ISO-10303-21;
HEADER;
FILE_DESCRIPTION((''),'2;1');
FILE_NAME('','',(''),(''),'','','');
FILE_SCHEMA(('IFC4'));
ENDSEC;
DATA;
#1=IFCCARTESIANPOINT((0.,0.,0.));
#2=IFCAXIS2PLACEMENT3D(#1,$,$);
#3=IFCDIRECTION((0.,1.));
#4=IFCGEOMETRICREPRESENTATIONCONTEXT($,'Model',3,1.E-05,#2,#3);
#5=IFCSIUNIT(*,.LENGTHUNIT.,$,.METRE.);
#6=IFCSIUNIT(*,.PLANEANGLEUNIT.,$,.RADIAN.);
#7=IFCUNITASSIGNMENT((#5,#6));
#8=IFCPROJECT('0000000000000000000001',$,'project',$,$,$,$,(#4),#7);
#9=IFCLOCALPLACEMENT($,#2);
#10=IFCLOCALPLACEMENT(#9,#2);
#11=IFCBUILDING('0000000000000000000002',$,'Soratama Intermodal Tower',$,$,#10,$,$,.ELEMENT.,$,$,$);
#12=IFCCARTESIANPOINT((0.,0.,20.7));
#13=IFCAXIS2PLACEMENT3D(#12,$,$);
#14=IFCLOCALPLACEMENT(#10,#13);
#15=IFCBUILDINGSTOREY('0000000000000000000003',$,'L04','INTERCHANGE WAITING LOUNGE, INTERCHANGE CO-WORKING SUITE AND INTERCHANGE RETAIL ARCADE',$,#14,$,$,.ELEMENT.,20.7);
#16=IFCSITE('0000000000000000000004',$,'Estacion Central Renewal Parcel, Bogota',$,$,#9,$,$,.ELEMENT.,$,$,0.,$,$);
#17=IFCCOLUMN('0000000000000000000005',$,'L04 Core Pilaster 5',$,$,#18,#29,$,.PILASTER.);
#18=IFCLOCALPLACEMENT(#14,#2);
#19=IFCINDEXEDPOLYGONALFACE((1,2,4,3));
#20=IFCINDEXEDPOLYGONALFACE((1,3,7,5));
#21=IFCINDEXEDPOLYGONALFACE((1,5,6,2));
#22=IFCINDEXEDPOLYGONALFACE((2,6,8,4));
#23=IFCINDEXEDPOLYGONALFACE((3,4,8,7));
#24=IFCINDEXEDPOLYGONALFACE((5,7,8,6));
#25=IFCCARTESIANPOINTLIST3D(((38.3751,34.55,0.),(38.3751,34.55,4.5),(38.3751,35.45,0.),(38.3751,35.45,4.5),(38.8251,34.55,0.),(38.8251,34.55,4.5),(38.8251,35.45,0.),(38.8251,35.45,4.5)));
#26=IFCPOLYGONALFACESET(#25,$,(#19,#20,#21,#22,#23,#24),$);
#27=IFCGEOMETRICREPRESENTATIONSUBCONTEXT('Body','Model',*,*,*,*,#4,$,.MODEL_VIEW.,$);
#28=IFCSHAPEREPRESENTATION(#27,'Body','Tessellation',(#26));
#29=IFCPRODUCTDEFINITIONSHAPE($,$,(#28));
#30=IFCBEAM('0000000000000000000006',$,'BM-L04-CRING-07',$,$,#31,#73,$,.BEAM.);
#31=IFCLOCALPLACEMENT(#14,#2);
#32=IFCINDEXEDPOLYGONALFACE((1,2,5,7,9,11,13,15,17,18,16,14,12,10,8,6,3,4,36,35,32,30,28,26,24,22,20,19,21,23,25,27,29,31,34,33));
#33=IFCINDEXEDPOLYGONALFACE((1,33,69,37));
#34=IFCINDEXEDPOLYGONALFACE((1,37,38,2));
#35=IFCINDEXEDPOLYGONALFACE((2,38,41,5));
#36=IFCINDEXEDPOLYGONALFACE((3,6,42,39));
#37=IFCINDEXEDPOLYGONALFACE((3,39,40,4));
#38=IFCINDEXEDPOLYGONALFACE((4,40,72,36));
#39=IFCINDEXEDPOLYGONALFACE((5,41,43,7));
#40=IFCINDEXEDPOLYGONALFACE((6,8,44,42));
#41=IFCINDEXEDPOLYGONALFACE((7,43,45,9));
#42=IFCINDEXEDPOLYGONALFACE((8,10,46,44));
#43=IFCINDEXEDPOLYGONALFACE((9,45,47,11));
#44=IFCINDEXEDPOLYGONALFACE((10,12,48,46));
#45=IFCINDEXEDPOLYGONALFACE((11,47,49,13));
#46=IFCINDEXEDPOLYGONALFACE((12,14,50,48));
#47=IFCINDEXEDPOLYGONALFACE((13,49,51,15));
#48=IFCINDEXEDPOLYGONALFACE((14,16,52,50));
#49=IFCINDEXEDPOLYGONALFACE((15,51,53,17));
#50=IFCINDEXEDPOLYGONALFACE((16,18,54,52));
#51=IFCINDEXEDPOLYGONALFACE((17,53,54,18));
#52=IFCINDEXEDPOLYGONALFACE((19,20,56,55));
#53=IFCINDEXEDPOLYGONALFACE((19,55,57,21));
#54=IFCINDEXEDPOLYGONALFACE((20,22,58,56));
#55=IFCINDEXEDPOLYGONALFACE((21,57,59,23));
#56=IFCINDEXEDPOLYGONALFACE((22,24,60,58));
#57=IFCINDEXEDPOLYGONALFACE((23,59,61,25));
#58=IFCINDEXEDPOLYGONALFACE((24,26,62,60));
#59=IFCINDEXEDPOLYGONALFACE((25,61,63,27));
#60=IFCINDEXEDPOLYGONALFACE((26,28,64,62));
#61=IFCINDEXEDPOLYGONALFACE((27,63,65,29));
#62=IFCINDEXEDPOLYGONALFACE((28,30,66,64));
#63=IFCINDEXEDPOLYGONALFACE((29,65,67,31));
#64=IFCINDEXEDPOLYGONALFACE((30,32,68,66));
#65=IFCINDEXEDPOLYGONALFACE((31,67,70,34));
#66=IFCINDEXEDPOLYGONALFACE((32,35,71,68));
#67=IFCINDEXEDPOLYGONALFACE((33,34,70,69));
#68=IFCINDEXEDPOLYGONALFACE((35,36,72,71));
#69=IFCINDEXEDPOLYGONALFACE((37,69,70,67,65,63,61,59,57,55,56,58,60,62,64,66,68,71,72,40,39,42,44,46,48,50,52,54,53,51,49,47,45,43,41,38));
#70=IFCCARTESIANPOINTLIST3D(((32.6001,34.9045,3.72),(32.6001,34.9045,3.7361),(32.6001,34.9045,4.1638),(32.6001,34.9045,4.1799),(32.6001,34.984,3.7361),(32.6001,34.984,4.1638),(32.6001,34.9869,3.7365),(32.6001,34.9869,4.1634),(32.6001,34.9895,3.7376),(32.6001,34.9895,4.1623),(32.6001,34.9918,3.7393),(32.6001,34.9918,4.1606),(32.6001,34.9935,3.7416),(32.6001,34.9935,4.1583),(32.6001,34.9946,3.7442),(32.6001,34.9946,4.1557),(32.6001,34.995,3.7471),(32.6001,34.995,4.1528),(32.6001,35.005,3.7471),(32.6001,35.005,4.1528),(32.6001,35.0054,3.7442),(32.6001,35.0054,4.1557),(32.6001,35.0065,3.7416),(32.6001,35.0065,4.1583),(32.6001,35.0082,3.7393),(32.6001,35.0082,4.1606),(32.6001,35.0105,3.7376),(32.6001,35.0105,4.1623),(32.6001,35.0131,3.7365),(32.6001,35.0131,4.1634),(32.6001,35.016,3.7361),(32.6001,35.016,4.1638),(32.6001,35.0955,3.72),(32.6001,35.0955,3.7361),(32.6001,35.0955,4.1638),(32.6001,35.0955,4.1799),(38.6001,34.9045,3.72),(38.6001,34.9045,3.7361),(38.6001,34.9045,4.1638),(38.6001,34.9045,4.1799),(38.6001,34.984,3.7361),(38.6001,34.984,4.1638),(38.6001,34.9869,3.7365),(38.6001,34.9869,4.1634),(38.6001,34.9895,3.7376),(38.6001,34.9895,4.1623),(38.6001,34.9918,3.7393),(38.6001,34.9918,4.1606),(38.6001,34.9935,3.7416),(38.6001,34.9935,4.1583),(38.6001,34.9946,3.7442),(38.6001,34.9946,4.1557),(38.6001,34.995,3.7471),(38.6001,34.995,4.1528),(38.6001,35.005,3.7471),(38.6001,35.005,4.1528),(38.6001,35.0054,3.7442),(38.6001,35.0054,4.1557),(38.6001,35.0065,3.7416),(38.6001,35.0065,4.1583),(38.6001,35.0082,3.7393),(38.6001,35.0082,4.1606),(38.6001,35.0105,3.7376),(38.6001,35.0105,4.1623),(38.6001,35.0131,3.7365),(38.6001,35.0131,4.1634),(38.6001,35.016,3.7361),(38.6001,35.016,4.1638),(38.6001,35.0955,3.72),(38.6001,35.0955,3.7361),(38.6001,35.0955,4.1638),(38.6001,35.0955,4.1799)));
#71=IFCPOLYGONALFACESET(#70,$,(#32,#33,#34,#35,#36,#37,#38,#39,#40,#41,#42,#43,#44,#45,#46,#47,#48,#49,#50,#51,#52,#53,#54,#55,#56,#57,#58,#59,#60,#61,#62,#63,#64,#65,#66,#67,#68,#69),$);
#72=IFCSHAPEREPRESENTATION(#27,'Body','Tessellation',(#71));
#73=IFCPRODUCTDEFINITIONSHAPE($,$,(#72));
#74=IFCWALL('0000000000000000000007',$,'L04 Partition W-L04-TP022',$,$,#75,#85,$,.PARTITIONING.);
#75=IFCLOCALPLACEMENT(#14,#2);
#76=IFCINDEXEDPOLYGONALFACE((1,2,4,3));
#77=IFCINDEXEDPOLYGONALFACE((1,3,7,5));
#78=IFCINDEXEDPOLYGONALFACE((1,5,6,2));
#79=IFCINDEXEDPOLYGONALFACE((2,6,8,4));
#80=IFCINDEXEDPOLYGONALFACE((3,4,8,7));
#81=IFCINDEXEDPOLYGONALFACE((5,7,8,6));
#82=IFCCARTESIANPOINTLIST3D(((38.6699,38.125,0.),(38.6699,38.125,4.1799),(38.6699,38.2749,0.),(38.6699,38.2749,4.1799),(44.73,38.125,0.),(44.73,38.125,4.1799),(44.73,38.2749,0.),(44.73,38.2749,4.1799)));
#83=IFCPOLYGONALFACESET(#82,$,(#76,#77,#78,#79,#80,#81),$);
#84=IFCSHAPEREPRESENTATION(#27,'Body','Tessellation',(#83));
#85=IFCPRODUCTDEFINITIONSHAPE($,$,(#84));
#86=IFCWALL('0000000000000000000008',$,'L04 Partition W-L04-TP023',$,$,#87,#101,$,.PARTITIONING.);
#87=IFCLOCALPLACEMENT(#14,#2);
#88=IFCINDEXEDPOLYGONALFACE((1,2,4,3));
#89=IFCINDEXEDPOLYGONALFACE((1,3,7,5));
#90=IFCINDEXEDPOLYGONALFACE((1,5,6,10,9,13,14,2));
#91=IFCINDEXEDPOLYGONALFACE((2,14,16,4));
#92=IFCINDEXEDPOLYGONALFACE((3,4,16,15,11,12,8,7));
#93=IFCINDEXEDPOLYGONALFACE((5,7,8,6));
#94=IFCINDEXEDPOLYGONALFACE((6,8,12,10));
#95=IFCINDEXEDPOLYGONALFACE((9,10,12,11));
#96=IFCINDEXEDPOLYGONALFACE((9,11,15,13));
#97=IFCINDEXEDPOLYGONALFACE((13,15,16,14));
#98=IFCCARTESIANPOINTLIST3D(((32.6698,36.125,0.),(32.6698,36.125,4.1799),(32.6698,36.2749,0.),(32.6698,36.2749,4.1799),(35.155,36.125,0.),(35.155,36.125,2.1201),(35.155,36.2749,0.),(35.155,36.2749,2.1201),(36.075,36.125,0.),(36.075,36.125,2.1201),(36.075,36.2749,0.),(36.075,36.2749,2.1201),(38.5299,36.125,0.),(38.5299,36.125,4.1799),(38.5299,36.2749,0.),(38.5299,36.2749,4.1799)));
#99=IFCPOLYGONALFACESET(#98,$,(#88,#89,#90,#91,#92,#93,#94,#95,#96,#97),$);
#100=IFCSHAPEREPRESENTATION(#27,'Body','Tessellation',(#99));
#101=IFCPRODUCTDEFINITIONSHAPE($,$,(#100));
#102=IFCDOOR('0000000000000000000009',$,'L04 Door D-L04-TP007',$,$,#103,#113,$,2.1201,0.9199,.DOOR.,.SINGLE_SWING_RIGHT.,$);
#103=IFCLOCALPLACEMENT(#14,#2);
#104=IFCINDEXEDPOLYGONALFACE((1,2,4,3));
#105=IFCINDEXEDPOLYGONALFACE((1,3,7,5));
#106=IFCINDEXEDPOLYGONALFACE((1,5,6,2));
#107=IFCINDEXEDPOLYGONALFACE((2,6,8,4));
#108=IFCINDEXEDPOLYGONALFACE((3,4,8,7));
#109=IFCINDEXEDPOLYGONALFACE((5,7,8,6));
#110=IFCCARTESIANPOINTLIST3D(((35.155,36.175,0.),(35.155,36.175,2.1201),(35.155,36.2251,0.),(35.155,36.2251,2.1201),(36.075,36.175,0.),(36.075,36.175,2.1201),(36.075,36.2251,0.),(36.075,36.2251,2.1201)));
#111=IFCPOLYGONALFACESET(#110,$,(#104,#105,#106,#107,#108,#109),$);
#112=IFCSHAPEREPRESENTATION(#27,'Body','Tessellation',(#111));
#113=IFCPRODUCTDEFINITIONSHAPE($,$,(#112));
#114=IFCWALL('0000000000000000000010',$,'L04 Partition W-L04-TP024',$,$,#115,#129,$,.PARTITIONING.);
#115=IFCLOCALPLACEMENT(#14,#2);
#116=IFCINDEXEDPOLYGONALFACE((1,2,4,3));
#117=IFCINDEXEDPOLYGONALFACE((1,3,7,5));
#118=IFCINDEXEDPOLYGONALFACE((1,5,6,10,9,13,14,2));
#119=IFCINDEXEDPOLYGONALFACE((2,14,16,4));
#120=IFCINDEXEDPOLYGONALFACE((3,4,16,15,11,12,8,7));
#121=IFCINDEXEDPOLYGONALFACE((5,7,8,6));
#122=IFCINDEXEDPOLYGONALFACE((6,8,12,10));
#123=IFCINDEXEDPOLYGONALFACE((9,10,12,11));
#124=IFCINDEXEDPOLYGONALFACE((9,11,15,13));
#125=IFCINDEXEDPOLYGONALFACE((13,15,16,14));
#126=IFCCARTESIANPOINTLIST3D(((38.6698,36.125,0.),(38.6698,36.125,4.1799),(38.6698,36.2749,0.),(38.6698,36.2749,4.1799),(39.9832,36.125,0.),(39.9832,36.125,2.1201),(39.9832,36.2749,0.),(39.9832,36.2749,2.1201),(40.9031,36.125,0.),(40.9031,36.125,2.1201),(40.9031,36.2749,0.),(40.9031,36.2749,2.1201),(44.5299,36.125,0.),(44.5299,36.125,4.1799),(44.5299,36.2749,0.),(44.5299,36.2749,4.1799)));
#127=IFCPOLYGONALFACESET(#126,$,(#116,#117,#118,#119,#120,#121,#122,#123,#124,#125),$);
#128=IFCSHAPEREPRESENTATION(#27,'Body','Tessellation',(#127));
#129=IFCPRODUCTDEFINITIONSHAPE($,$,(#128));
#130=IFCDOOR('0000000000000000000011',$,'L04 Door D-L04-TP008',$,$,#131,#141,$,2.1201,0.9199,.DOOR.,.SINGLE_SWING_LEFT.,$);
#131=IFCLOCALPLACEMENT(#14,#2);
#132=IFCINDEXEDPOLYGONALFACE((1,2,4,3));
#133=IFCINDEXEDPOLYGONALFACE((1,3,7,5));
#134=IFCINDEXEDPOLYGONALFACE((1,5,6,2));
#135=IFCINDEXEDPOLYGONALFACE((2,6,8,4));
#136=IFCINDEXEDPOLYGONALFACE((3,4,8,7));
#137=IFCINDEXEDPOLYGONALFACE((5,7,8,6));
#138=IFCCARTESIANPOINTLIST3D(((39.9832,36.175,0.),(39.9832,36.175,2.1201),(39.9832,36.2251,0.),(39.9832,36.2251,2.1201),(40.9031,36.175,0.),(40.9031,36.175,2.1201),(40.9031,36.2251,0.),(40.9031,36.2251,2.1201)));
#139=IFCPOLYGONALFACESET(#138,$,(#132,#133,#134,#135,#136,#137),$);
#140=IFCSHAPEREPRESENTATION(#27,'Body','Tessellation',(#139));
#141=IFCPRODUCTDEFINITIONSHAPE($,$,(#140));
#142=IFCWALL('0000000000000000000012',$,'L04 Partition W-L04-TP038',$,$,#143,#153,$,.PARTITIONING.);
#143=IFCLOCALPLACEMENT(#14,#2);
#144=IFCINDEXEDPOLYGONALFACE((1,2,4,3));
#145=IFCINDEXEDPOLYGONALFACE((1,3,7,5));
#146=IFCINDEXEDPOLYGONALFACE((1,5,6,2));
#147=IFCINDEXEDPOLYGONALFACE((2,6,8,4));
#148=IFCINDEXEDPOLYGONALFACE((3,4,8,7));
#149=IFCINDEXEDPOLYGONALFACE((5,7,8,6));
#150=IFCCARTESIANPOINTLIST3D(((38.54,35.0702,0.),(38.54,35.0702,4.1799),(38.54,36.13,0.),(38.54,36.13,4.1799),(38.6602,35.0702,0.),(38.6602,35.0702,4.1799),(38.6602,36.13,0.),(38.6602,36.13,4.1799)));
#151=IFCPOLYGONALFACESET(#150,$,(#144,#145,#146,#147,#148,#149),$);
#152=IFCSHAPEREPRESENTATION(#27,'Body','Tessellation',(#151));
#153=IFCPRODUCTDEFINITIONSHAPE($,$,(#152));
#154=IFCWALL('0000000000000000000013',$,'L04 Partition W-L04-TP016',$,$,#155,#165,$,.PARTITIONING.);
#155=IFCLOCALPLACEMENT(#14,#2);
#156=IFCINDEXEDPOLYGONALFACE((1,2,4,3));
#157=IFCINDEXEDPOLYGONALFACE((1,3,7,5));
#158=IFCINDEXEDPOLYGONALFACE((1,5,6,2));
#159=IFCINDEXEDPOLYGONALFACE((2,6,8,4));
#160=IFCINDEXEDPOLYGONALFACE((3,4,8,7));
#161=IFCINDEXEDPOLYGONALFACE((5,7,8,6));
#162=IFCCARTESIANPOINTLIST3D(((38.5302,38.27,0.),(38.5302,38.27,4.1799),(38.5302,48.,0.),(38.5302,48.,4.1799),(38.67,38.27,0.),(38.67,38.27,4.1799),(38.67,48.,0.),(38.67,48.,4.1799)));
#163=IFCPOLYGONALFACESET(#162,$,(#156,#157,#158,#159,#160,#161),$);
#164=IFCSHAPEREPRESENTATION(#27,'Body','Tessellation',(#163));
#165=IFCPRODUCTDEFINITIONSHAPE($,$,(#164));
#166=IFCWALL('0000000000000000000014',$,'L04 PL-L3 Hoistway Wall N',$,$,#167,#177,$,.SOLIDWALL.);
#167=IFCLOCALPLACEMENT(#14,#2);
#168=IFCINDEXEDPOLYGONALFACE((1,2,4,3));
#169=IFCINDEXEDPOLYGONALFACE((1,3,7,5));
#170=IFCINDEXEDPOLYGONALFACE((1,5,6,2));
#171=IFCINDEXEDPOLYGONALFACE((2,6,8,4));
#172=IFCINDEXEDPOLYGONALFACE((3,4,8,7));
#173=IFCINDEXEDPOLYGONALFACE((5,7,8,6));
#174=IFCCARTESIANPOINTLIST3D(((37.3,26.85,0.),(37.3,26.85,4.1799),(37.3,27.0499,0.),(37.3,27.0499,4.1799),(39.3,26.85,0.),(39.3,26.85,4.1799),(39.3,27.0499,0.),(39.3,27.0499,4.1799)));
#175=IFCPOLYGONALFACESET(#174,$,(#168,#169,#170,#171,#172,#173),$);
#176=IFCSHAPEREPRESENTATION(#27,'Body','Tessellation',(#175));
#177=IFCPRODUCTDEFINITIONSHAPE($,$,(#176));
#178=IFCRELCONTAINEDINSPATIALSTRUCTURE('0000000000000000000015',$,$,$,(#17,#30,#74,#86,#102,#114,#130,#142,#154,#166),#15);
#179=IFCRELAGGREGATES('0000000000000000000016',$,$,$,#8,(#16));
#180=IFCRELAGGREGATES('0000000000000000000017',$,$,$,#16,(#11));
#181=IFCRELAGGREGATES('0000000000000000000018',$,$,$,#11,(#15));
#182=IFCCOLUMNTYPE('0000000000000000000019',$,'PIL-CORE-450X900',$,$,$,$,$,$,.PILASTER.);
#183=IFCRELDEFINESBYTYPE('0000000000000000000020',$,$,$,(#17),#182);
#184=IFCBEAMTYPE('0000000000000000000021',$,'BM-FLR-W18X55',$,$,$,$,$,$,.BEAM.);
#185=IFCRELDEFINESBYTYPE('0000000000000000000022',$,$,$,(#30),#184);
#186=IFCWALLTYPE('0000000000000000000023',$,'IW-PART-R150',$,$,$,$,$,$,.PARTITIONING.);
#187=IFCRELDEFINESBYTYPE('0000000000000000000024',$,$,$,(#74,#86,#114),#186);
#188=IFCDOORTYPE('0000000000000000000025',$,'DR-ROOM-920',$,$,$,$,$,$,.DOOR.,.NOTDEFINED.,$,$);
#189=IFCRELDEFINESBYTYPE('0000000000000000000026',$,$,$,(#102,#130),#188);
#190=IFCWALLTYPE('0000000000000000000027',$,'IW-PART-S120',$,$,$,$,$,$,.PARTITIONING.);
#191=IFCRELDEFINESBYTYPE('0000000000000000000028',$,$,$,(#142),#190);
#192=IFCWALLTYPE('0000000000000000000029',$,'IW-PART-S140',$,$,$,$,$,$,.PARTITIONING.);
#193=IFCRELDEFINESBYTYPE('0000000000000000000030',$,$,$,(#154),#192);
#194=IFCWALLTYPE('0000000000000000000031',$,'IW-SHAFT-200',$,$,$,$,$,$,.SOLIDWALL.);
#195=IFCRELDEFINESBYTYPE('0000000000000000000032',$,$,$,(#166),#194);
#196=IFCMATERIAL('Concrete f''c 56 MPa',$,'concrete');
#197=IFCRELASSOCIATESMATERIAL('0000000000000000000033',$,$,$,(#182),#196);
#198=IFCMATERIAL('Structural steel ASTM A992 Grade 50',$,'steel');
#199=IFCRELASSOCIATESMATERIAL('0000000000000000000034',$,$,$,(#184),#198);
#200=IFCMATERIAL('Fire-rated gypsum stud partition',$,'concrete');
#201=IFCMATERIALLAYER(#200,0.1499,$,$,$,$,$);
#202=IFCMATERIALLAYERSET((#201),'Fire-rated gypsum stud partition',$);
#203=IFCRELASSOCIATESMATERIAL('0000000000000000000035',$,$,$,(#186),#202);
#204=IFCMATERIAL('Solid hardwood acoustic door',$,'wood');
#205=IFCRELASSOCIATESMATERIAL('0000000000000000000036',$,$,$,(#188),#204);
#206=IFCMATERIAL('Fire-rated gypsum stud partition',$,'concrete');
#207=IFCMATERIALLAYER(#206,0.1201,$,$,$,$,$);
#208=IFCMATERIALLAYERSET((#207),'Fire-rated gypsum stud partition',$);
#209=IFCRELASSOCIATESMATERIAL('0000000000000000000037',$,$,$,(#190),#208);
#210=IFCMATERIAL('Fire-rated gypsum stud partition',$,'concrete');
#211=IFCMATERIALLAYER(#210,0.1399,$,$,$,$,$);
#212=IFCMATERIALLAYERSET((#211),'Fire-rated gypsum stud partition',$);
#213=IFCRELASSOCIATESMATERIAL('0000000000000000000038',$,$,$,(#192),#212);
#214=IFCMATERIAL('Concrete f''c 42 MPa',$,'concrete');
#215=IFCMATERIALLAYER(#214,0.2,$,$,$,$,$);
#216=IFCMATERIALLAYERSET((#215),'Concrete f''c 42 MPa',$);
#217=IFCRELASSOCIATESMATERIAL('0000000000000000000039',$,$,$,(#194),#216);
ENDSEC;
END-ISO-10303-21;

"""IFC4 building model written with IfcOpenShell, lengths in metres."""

from ifc_helpers import new_model, si_unit, direction, frame, frame_2d, origin, origin_2d, place, context, subcontext, project, spatial, rectangle, i_section, extrude, material, layer, layer_set, material_profile, profile_set, type_object, element, fill, save


model = new_model("IFC4")

# Units and contexts
model_context = context("Model", 3, precision=1e-05, world=origin(), true_north=direction((0.0, 1.0)))
body_context = subcontext(model_context, "Body", "Model", "MODEL_VIEW")
ifc_project = project(units=[si_unit("LENGTHUNIT", "METRE"), si_unit("PLANEANGLEUNIT", "RADIAN")], contexts=[model_context])

# Site, building, storey
site_placement = place(None, origin())
site = spatial("IfcSite", under=ifc_project, at=site_placement, Name="Estacion Central Renewal Parcel, Bogota", CompositionType="ELEMENT", RefElevation=0.0)
building_placement = place(site_placement, origin())
building = spatial("IfcBuilding", under=site, at=building_placement, Name="Soratama Intermodal Tower", CompositionType="ELEMENT")
storey_placement = place(building_placement, frame((0.0, 0.0, 20.7)))
storey = spatial("IfcBuildingStorey", under=building, at=storey_placement, Name="L04", Description="INTERCHANGE WAITING LOUNGE, INTERCHANGE CO-WORKING SUITE AND INTERCHANGE RETAIL ARCADE", CompositionType="ELEMENT", Elevation=20.7)

# Column
ifc_material_1 = material(Name="Concrete f'c 56 MPa", Category="concrete")
ifc_material_profile_1 = material_profile(ifc_material_1, rectangle(XDim=0.45, YDim=0.8999, at=origin_2d()), Name="RC450X900")
ifc_profile_set_1 = profile_set([ifc_material_profile_1], Name="Concrete f'c 56 MPa")
column_type = type_object("IfcColumnType", Name="PIL-CORE-450X900", PredefinedType="PILASTER", material=ifc_profile_set_1)
column_placement = place(storey_placement, frame((38.6001, 35.0, 0.0), z_axis=(0.0, 0.0, 1.0), x_axis=(1.0, 0.0, 0.0)))
element("IfcColumn", 1, at=column_placement, inside=storey, type_object=column_type, Name="L04 Core Pilaster 5", PredefinedType="PILASTER", context=body_context, shape_type="SweptSolid", body=[
    extrude(rectangle(XDim=0.45, YDim=0.8999, at=origin_2d()), origin(), (0.0, 0.0, 1.0), 4.5),
])

# Beam
ifc_material_2 = material(Name="Structural steel ASTM A992 Grade 50", Category="steel")
ifc_material_profile_2 = material_profile(ifc_material_2, i_section(OverallWidth=0.1909, OverallDepth=0.46, WebThickness=0.01, FlangeThickness=0.0161, FilletRadius=0.011, at=origin_2d()), Name="W18X55")
ifc_profile_set_2 = profile_set([ifc_material_profile_2], Name="Structural steel ASTM A992 Grade 50")
beam_type = type_object("IfcBeamType", Name="BM-FLR-W18X55", PredefinedType="BEAM", material=ifc_profile_set_2)
beam_placement = place(storey_placement, frame((38.6001, 35.0, 3.95), z_axis=(-1.0, 0.0, 0.0), x_axis=(0.0, -1.0, 0.0)))
element("IfcBeam", 2, at=beam_placement, inside=storey, type_object=beam_type, Name="BM-L04-CRING-07", PredefinedType="BEAM", context=body_context, shape_type="SweptSolid", body=[
    extrude(i_section(OverallWidth=0.1909, OverallDepth=0.46, WebThickness=0.01, FlangeThickness=0.0161, FilletRadius=0.011, at=origin_2d()), origin(), (0.0, 0.0, 1.0), 6.0),
])

# Wall
ifc_material_3 = material(Name="Fire-rated gypsum stud partition", Category="concrete")
ifc_layer_1 = layer(ifc_material_3, 0.1499)
ifc_layer_set_1 = layer_set([ifc_layer_1], Name="Fire-rated gypsum stud partition")
wall_type_1 = type_object("IfcWallType", Name="IW-PART-R150", PredefinedType="PARTITIONING", material=ifc_layer_set_1)
wall_1_placement = place(storey_placement, frame((38.6699, 38.2, 0.0), z_axis=(0.0, 0.0, 1.0), x_axis=(1.0, 0.0, 0.0)))
element("IfcWall", 3, at=wall_1_placement, inside=storey, type_object=wall_type_1, Name="L04 Partition W-L04-TP022", PredefinedType="PARTITIONING", context=body_context, shape_type="SweptSolid", body=[
    extrude(rectangle(XDim=6.0601, YDim=0.1499, at=frame_2d((3.03, 0.0))), origin(), (0.0, 0.0, 1.0), 4.1799),
])

# Walls, openings, doors
wall_2_placement = place(storey_placement, frame((38.53, 36.2, 0.0), z_axis=(0.0, 0.0, 1.0), x_axis=(-1.0, 0.0, 0.0)))
wall_2 = element("IfcWall", 4, at=wall_2_placement, inside=storey, type_object=wall_type_1, Name="L04 Partition W-L04-TP023", PredefinedType="PARTITIONING", context=body_context, shape_type="SweptSolid", body=[
    extrude(rectangle(XDim=5.8601, YDim=0.1499, at=frame_2d((2.9302, 0.0))), origin(), (0.0, 0.0, 1.0), 4.1799),
])
opening_1_placement = place(wall_2_placement, frame((2.4551, 0.0, 0.0)))
opening_1 = element("IfcOpeningElement", 5, at=opening_1_placement, cuts=wall_2, PredefinedType="OPENING", context=body_context, shape_type="SweptSolid", body=[
    extrude(rectangle(XDim=0.9199, YDim=2.1201, at=frame_2d((0.46, 1.0601))), frame((0.0, 0.085, 0.0), z_axis=(0.0, -1.0, 0.0), x_axis=(1.0, 0.0, 0.0)), (0.0, 0.0, 1.0), 0.1699),
])
ifc_material_4 = material(Name="Solid hardwood acoustic door", Category="wood")
door_type_1 = type_object("IfcDoorType", Name="DR-ROOM-920", OperationType="NOTDEFINED", PredefinedType="DOOR", material=ifc_material_4)
door_1_placement = place(opening_1_placement, origin())
door_1 = element("IfcDoor", 6, at=door_1_placement, inside=storey, type_object=door_type_1, Name="L04 Door D-L04-TP007", OperationType="SINGLE_SWING_RIGHT", OverallHeight=2.1201, OverallWidth=0.9199, PredefinedType="DOOR", context=body_context, shape_type="SweptSolid", body=[
    extrude(rectangle(XDim=0.9199, YDim=2.1201, at=frame_2d((0.46, 1.0601))), frame((0.0, 0.0249, 0.0), z_axis=(0.0, -1.0, 0.0), x_axis=(1.0, 0.0, 0.0)), (0.0, 0.0, 1.0), 0.05),
])
fill(opening_1, door_1)
wall_3_placement = place(storey_placement, frame((44.53, 36.2, 0.0), z_axis=(0.0, 0.0, 1.0), x_axis=(-1.0, 0.0, 0.0)))
wall_3 = element("IfcWall", 7, at=wall_3_placement, inside=storey, type_object=wall_type_1, Name="L04 Partition W-L04-TP024", PredefinedType="PARTITIONING", context=body_context, shape_type="SweptSolid", body=[
    extrude(rectangle(XDim=5.8601, YDim=0.1499, at=frame_2d((2.9302, 0.0))), origin(), (0.0, 0.0, 1.0), 4.1799),
])
opening_2_placement = place(wall_3_placement, frame((3.627, 0.0, 0.0)))
opening_2 = element("IfcOpeningElement", 8, at=opening_2_placement, cuts=wall_3, PredefinedType="OPENING", context=body_context, shape_type="SweptSolid", body=[
    extrude(rectangle(XDim=0.9199, YDim=2.1201, at=frame_2d((0.46, 1.0601))), frame((0.0, 0.085, 0.0), z_axis=(0.0, -1.0, 0.0), x_axis=(1.0, 0.0, 0.0)), (0.0, 0.0, 1.0), 0.1699),
])
door_2_placement = place(opening_2_placement, origin())
door_2 = element("IfcDoor", 9, at=door_2_placement, inside=storey, type_object=door_type_1, Name="L04 Door D-L04-TP008", OperationType="SINGLE_SWING_LEFT", OverallHeight=2.1201, OverallWidth=0.9199, PredefinedType="DOOR", context=body_context, shape_type="SweptSolid", body=[
    extrude(rectangle(XDim=0.9199, YDim=2.1201, at=frame_2d((0.46, 1.0601))), frame((0.0, 0.0249, 0.0), z_axis=(0.0, -1.0, 0.0), x_axis=(1.0, 0.0, 0.0)), (0.0, 0.0, 1.0), 0.05),
])
fill(opening_2, door_2)

# Walls
ifc_material_5 = material(Name="Fire-rated gypsum stud partition", Category="concrete")
ifc_layer_2 = layer(ifc_material_5, 0.1201)
ifc_layer_set_2 = layer_set([ifc_layer_2], Name="Fire-rated gypsum stud partition")
wall_type_2 = type_object("IfcWallType", Name="IW-PART-S120", PredefinedType="PARTITIONING", material=ifc_layer_set_2)
wall_4_placement = place(storey_placement, frame((38.6001, 36.1299, 0.0), z_axis=(0.0, 0.0, 1.0), x_axis=(0.0, -1.0, 0.0)))
element("IfcWall", 10, at=wall_4_placement, inside=storey, type_object=wall_type_2, Name="L04 Partition W-L04-TP038", PredefinedType="PARTITIONING", context=body_context, shape_type="SweptSolid", body=[
    extrude(rectangle(XDim=1.0598, YDim=0.1201, at=frame_2d((0.5298, 0.0))), origin(), (0.0, 0.0, 1.0), 4.1799),
])
ifc_material_6 = material(Name="Fire-rated gypsum stud partition", Category="concrete")
ifc_layer_3 = layer(ifc_material_6, 0.1399)
ifc_layer_set_3 = layer_set([ifc_layer_3], Name="Fire-rated gypsum stud partition")
wall_type_3 = type_object("IfcWallType", Name="IW-PART-S140", PredefinedType="PARTITIONING", material=ifc_layer_set_3)
wall_5_placement = place(storey_placement, frame((38.6001, 38.27, 0.0), z_axis=(0.0, 0.0, 1.0), x_axis=(0.0, 1.0, 0.0)))
element("IfcWall", 11, at=wall_5_placement, inside=storey, type_object=wall_type_3, Name="L04 Partition W-L04-TP016", PredefinedType="PARTITIONING", context=body_context, shape_type="SweptSolid", body=[
    extrude(rectangle(XDim=9.73, YDim=0.1399, at=frame_2d((4.865, 0.0))), origin(), (0.0, 0.0, 1.0), 4.1799),
])
ifc_material_7 = material(Name="Concrete f'c 42 MPa", Category="concrete")
ifc_layer_4 = layer(ifc_material_7, 0.2)
ifc_layer_set_4 = layer_set([ifc_layer_4], Name="Concrete f'c 42 MPa")
wall_type_4 = type_object("IfcWallType", Name="IW-SHAFT-200", PredefinedType="SOLIDWALL", material=ifc_layer_set_4)
wall_6_placement = place(storey_placement, frame((37.3, 26.95, 0.0), z_axis=(0.0, 0.0, 1.0), x_axis=(1.0, 0.0, 0.0)))
element("IfcWall", 12, at=wall_6_placement, inside=storey, type_object=wall_type_4, Name="L04 PL-L3 Hoistway Wall N", PredefinedType="SOLIDWALL", context=body_context, shape_type="SweptSolid", body=[
    extrude(rectangle(XDim=2.0, YDim=0.2, at=frame_2d((1.0, 0.0))), origin(), (0.0, 0.0, 1.0), 4.1799),
])

save(model, "model.ifc")
